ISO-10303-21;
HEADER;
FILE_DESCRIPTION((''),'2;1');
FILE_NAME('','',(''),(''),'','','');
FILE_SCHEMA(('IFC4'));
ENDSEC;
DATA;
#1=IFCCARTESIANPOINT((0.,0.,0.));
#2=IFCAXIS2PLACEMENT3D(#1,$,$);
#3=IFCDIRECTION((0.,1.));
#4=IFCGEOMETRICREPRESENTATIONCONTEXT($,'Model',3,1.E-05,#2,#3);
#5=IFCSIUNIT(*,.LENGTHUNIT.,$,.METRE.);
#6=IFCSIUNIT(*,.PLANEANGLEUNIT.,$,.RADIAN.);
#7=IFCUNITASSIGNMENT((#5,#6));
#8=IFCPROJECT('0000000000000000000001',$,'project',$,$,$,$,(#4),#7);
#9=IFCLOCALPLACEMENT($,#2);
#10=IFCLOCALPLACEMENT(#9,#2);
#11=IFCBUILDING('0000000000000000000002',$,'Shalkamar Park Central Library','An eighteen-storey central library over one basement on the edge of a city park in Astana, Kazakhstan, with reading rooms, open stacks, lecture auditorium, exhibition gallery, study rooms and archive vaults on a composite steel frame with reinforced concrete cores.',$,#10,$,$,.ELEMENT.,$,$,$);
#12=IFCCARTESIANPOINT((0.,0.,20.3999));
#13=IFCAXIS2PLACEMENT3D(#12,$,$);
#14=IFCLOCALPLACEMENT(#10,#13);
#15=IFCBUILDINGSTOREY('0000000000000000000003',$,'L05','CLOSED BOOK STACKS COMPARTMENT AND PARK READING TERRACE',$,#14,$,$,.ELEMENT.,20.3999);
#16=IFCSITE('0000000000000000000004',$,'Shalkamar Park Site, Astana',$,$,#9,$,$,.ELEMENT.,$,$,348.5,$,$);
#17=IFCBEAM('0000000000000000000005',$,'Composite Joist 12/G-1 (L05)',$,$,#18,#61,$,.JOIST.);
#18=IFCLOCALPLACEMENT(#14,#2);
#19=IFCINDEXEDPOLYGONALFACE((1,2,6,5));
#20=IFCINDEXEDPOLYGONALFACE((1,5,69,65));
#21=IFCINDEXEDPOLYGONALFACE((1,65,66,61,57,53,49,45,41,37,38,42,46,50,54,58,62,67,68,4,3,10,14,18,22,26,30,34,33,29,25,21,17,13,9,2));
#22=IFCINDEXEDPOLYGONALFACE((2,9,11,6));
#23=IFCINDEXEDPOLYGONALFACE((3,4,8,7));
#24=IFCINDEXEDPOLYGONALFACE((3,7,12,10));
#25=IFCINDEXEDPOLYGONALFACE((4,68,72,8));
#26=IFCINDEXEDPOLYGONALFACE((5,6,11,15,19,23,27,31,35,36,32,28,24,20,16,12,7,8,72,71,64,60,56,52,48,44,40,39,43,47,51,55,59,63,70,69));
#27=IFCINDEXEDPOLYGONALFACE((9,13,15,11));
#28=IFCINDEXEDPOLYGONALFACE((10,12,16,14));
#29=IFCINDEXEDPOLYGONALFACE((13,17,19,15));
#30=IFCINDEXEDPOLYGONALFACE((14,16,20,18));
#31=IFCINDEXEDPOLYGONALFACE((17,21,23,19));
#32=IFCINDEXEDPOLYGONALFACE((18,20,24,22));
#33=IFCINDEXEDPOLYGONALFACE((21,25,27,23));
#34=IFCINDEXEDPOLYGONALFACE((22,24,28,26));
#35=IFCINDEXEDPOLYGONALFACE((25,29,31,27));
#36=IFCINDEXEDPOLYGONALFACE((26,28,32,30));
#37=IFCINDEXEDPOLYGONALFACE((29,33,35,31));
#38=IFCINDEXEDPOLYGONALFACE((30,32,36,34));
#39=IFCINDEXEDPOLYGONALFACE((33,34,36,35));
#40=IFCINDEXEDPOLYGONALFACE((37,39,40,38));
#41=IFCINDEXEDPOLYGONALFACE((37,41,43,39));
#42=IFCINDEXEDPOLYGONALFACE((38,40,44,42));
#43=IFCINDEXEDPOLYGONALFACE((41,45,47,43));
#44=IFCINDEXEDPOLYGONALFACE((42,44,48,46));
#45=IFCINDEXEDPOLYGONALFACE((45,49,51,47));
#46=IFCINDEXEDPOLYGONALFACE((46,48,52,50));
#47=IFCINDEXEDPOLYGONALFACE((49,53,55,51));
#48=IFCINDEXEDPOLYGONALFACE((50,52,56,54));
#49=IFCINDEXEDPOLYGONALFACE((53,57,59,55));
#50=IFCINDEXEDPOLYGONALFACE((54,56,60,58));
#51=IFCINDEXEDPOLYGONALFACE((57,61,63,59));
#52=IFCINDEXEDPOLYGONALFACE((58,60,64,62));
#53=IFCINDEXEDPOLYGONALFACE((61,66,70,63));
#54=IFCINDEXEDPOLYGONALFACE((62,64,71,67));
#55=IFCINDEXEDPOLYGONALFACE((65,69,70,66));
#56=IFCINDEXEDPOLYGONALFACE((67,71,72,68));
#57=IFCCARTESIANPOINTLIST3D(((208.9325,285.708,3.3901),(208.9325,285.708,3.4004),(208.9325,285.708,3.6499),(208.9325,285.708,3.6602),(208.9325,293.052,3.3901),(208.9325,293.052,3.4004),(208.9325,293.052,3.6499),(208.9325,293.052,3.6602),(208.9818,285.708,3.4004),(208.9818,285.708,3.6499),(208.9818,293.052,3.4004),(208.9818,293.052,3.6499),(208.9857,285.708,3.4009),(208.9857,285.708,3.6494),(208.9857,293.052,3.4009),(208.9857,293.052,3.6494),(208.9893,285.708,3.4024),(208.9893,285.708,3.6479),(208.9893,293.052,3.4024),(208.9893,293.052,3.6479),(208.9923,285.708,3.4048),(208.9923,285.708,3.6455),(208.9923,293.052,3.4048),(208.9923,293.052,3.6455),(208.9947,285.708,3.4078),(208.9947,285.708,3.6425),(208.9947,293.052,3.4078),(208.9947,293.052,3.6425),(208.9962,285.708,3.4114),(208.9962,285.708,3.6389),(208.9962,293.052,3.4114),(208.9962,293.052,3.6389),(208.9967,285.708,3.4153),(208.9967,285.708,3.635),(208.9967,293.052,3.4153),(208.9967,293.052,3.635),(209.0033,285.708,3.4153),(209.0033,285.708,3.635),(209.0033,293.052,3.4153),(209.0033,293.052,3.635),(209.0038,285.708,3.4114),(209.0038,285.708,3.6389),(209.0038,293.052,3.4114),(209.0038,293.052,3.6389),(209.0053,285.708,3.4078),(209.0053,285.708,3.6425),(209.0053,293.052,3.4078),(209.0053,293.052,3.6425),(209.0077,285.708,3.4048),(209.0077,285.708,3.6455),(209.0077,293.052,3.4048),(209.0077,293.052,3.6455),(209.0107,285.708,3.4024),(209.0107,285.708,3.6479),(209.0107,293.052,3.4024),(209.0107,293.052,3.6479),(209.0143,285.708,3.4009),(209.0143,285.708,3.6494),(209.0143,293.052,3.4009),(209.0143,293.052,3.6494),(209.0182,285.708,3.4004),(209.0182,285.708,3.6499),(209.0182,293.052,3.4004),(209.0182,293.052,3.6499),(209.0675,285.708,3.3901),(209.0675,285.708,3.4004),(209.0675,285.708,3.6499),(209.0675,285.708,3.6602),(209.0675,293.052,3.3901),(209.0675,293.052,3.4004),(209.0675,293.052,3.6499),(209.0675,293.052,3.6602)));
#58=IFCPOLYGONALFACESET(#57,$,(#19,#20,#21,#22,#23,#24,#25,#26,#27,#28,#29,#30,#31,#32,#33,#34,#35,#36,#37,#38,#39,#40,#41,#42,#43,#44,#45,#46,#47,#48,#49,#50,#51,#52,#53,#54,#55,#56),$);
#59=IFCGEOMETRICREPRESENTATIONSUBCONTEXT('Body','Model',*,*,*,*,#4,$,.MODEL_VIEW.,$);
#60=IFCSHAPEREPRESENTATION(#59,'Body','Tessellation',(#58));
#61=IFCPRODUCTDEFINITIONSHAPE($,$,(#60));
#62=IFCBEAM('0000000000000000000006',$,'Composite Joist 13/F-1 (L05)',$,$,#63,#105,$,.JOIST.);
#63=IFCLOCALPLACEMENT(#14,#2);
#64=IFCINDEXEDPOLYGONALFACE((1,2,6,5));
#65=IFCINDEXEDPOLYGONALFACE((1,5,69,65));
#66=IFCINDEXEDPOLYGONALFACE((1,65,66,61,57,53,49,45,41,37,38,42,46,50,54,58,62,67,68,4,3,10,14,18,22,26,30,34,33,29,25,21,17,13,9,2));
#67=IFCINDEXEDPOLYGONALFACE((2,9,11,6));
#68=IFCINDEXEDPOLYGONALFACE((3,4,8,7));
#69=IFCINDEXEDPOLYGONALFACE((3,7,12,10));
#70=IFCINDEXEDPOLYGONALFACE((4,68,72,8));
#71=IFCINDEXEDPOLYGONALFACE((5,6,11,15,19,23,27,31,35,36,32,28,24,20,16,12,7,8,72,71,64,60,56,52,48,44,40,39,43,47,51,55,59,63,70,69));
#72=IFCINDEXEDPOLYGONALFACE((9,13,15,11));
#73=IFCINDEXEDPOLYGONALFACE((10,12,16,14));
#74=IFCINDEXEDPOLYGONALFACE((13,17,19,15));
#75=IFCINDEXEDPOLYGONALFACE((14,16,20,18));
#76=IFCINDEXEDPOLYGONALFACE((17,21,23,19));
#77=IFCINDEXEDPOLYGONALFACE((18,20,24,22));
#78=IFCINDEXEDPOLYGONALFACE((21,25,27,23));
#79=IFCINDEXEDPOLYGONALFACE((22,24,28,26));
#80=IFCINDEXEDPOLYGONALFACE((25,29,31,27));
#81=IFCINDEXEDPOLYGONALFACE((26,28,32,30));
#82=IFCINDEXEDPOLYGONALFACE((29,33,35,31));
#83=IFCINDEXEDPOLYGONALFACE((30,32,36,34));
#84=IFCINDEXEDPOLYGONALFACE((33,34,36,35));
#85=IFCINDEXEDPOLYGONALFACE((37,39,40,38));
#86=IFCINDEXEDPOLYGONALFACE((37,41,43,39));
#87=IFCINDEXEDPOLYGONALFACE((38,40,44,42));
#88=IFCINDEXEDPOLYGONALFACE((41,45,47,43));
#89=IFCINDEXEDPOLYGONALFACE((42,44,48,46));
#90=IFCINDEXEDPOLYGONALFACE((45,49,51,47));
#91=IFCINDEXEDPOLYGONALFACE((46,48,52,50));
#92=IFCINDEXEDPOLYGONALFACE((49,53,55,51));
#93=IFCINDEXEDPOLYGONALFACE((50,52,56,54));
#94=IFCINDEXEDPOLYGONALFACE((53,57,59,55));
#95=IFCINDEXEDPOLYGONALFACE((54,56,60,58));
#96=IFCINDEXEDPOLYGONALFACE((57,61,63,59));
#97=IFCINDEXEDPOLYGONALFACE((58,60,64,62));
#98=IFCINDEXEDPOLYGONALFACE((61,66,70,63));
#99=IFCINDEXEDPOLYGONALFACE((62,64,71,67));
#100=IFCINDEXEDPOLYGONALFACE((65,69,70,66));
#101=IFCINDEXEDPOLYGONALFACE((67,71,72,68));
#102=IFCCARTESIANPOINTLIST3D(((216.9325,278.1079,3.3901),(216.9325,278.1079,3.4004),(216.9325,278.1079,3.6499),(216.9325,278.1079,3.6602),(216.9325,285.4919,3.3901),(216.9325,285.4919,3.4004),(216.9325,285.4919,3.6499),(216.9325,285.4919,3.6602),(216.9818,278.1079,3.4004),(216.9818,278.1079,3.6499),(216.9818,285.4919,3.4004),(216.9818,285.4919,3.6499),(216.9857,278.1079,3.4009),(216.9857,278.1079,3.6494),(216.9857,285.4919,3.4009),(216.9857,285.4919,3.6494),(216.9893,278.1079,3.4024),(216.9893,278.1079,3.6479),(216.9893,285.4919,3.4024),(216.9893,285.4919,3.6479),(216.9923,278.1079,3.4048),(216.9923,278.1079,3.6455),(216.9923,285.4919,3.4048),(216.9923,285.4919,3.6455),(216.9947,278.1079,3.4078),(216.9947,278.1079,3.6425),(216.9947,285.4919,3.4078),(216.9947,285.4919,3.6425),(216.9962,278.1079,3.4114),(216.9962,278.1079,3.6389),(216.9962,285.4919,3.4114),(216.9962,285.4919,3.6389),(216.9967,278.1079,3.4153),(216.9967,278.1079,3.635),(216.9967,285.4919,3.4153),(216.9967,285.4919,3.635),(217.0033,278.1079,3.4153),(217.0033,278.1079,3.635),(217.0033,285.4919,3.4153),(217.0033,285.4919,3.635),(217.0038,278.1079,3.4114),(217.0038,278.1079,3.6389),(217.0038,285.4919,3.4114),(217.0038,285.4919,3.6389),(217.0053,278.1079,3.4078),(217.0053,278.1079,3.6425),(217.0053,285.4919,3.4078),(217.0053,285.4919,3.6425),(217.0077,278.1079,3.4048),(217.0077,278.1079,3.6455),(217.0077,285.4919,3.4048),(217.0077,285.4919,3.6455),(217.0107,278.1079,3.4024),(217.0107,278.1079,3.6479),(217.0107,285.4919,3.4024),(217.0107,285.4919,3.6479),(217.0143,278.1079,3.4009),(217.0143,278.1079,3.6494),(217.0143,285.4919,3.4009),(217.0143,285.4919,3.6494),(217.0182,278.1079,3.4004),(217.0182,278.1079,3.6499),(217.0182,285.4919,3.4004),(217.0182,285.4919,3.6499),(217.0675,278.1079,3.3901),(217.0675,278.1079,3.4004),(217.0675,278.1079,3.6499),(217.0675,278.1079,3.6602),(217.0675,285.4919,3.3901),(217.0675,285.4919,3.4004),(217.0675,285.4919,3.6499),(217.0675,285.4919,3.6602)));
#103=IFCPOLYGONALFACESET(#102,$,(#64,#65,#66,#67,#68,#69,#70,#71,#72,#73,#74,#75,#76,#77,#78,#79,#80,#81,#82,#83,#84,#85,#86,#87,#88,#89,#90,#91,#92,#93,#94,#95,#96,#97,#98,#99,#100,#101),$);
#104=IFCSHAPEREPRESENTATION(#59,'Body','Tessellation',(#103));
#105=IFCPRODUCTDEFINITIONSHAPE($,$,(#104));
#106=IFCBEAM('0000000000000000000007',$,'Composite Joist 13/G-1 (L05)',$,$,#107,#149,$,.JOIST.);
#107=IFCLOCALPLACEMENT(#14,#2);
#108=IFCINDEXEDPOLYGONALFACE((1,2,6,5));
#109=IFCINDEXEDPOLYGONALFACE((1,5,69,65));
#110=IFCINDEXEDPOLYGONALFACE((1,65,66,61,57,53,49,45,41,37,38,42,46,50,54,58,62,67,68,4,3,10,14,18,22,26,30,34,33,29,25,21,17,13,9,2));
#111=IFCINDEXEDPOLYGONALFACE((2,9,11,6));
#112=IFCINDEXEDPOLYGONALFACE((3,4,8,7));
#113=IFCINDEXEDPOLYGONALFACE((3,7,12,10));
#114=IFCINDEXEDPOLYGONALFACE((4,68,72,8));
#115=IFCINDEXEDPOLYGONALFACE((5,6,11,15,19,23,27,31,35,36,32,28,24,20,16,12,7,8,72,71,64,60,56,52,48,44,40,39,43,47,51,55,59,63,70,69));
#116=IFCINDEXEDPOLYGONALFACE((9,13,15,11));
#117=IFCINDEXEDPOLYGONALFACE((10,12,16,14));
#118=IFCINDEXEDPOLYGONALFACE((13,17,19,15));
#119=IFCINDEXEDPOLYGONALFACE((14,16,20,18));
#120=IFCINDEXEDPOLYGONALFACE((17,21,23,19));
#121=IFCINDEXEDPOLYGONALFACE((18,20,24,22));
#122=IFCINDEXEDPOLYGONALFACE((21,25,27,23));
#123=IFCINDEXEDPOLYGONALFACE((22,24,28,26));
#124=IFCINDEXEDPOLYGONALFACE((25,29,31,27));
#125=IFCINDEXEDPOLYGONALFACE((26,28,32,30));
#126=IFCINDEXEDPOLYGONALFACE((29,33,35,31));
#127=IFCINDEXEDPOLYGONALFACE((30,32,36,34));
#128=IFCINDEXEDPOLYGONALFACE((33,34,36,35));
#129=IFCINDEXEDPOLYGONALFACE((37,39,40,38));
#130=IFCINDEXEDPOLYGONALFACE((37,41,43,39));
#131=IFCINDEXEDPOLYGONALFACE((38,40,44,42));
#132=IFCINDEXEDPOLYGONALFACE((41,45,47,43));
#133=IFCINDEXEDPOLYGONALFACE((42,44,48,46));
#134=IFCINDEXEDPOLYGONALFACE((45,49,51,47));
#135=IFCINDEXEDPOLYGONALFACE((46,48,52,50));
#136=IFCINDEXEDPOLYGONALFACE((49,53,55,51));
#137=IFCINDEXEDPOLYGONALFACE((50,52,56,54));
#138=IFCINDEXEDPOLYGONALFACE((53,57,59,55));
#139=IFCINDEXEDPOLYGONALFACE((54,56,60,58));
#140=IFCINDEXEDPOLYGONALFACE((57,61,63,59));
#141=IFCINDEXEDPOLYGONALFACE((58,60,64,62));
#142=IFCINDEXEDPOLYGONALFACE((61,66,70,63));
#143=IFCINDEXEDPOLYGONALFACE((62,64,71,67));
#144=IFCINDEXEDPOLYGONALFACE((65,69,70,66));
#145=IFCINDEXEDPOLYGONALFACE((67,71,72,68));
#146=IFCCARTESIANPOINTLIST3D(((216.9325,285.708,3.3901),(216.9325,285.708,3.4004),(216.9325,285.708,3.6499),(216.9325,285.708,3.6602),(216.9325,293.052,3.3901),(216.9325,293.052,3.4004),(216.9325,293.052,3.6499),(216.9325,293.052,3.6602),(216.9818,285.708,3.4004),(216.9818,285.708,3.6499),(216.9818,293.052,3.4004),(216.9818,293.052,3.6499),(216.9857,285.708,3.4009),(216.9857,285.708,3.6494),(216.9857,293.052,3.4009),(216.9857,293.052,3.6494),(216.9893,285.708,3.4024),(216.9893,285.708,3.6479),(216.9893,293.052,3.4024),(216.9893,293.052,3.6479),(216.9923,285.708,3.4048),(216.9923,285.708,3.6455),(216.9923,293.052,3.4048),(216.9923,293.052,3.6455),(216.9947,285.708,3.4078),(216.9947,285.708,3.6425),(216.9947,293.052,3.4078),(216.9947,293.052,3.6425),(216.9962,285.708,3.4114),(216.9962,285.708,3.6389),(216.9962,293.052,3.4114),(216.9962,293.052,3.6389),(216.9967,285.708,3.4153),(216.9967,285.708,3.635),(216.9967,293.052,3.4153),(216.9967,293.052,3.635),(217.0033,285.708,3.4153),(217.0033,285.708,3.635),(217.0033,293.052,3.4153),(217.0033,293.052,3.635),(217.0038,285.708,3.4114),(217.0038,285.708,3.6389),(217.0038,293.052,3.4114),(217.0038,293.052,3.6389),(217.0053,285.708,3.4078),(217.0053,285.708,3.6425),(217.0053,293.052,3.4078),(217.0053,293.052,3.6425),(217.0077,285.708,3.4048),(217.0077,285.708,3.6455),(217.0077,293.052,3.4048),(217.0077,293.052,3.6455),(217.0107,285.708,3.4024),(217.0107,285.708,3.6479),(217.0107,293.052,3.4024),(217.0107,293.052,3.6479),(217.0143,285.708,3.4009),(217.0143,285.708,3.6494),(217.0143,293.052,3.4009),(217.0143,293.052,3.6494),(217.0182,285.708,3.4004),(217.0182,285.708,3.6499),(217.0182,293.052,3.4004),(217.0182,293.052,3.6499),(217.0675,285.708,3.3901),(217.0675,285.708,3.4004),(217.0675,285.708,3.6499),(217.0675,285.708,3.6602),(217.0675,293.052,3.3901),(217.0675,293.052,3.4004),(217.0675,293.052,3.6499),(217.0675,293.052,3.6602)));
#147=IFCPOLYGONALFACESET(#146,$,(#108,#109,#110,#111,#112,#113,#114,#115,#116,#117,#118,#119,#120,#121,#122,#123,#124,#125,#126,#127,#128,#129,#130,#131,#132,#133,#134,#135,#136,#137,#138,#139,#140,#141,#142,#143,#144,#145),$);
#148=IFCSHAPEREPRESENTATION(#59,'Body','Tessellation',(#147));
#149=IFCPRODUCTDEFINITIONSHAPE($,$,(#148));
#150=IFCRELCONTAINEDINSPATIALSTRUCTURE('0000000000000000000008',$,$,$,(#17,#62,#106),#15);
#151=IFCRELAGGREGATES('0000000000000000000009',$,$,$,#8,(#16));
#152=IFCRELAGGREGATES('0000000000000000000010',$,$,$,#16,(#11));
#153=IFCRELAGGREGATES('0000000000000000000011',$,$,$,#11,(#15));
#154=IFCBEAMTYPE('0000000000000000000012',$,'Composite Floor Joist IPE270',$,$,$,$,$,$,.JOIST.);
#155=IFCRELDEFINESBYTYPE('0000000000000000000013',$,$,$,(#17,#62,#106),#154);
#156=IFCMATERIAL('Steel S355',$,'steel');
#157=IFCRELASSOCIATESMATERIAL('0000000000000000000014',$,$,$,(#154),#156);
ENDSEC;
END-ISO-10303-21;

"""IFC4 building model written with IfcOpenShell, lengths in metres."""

from ifc_helpers import new_model, si_unit, direction, frame, origin, origin_2d, place, context, subcontext, project, spatial, i_section, extrude, material, material_profile, profile_set, type_object, element, save


model = new_model("IFC4")

# Units and contexts
model_context = context("Model", 3, precision=1e-05, world=origin(), true_north=direction((0.0, 1.0)))
body_context = subcontext(model_context, "Body", "Model", "MODEL_VIEW")
ifc_project = project(units=[si_unit("LENGTHUNIT", "METRE"), si_unit("PLANEANGLEUNIT", "RADIAN")], contexts=[model_context])

# Site, building, storey
site_placement = place(None, origin())
site = spatial("IfcSite", under=ifc_project, at=site_placement, Name="Shalkamar Park Site, Astana", CompositionType="ELEMENT", RefElevation=348.5)
building_placement = place(site_placement, origin())
building = spatial("IfcBuilding", under=site, at=building_placement, Name="Shalkamar Park Central Library", Description="An eighteen-storey central library over one basement on the edge of a city park in Astana, Kazakhstan, with reading rooms, open stacks, lecture auditorium, exhibition gallery, study rooms and archive vaults on a composite steel frame with reinforced concrete cores.", CompositionType="ELEMENT")
storey_placement = place(building_placement, frame((0.0, 0.0, 20.3999)))
storey = spatial("IfcBuildingStorey", under=building, at=storey_placement, Name="L05", Description="CLOSED BOOK STACKS COMPARTMENT AND PARK READING TERRACE", CompositionType="ELEMENT", Elevation=20.3999)

# Shared definitions
ifc_material_1 = material(Name="Steel S355", Category="steel")

# Beams
ifc_material_profile_1 = material_profile(ifc_material_1, i_section(OverallWidth=0.135, OverallDepth=0.27, WebThickness=0.0066, FlangeThickness=0.0103, FilletRadius=0.0149, at=origin_2d()), Name="IPE 270")
ifc_profile_set_1 = profile_set([ifc_material_profile_1], Name="Steel S355")
beam_type_1 = type_object("IfcBeamType", Name="Composite Floor Joist IPE270", PredefinedType="JOIST", material=ifc_profile_set_1)
beam_1_placement = place(storey_placement, frame((209.0, 285.708, 3.5251), z_axis=(0.0, 1.0, 0.0), x_axis=(-1.0, 0.0, 0.0)))
element("IfcBeam", 1, at=beam_1_placement, inside=storey, type_object=beam_type_1, Name="Composite Joist 12/G-1 (L05)", PredefinedType="JOIST", context=body_context, shape_type="SweptSolid", body=[
    extrude(i_section(OverallWidth=0.135, OverallDepth=0.27, WebThickness=0.0066, FlangeThickness=0.0103, FilletRadius=0.0149, at=origin_2d()), origin(), (0.0, 0.0, 1.0), 7.344),
])
beam_2_placement = place(storey_placement, frame((217.0, 278.1079, 3.5251), z_axis=(0.0, 1.0, 0.0), x_axis=(-1.0, 0.0, 0.0)))
element("IfcBeam", 2, at=beam_2_placement, inside=storey, type_object=beam_type_1, Name="Composite Joist 13/F-1 (L05)", PredefinedType="JOIST", context=body_context, shape_type="SweptSolid", body=[
    extrude(i_section(OverallWidth=0.135, OverallDepth=0.27, WebThickness=0.0066, FlangeThickness=0.0103, FilletRadius=0.0149, at=origin_2d()), origin(), (0.0, 0.0, 1.0), 7.384),
])
beam_3_placement = place(storey_placement, frame((217.0, 285.708, 3.5251), z_axis=(0.0, 1.0, 0.0), x_axis=(-1.0, 0.0, 0.0)))
element("IfcBeam", 3, at=beam_3_placement, inside=storey, type_object=beam_type_1, Name="Composite Joist 13/G-1 (L05)", PredefinedType="JOIST", context=body_context, shape_type="SweptSolid", body=[
    extrude(i_section(OverallWidth=0.135, OverallDepth=0.27, WebThickness=0.0066, FlangeThickness=0.0103, FilletRadius=0.0149, at=origin_2d()), origin(), (0.0, 0.0, 1.0), 7.344),
])

save(model, "model.ifc")
